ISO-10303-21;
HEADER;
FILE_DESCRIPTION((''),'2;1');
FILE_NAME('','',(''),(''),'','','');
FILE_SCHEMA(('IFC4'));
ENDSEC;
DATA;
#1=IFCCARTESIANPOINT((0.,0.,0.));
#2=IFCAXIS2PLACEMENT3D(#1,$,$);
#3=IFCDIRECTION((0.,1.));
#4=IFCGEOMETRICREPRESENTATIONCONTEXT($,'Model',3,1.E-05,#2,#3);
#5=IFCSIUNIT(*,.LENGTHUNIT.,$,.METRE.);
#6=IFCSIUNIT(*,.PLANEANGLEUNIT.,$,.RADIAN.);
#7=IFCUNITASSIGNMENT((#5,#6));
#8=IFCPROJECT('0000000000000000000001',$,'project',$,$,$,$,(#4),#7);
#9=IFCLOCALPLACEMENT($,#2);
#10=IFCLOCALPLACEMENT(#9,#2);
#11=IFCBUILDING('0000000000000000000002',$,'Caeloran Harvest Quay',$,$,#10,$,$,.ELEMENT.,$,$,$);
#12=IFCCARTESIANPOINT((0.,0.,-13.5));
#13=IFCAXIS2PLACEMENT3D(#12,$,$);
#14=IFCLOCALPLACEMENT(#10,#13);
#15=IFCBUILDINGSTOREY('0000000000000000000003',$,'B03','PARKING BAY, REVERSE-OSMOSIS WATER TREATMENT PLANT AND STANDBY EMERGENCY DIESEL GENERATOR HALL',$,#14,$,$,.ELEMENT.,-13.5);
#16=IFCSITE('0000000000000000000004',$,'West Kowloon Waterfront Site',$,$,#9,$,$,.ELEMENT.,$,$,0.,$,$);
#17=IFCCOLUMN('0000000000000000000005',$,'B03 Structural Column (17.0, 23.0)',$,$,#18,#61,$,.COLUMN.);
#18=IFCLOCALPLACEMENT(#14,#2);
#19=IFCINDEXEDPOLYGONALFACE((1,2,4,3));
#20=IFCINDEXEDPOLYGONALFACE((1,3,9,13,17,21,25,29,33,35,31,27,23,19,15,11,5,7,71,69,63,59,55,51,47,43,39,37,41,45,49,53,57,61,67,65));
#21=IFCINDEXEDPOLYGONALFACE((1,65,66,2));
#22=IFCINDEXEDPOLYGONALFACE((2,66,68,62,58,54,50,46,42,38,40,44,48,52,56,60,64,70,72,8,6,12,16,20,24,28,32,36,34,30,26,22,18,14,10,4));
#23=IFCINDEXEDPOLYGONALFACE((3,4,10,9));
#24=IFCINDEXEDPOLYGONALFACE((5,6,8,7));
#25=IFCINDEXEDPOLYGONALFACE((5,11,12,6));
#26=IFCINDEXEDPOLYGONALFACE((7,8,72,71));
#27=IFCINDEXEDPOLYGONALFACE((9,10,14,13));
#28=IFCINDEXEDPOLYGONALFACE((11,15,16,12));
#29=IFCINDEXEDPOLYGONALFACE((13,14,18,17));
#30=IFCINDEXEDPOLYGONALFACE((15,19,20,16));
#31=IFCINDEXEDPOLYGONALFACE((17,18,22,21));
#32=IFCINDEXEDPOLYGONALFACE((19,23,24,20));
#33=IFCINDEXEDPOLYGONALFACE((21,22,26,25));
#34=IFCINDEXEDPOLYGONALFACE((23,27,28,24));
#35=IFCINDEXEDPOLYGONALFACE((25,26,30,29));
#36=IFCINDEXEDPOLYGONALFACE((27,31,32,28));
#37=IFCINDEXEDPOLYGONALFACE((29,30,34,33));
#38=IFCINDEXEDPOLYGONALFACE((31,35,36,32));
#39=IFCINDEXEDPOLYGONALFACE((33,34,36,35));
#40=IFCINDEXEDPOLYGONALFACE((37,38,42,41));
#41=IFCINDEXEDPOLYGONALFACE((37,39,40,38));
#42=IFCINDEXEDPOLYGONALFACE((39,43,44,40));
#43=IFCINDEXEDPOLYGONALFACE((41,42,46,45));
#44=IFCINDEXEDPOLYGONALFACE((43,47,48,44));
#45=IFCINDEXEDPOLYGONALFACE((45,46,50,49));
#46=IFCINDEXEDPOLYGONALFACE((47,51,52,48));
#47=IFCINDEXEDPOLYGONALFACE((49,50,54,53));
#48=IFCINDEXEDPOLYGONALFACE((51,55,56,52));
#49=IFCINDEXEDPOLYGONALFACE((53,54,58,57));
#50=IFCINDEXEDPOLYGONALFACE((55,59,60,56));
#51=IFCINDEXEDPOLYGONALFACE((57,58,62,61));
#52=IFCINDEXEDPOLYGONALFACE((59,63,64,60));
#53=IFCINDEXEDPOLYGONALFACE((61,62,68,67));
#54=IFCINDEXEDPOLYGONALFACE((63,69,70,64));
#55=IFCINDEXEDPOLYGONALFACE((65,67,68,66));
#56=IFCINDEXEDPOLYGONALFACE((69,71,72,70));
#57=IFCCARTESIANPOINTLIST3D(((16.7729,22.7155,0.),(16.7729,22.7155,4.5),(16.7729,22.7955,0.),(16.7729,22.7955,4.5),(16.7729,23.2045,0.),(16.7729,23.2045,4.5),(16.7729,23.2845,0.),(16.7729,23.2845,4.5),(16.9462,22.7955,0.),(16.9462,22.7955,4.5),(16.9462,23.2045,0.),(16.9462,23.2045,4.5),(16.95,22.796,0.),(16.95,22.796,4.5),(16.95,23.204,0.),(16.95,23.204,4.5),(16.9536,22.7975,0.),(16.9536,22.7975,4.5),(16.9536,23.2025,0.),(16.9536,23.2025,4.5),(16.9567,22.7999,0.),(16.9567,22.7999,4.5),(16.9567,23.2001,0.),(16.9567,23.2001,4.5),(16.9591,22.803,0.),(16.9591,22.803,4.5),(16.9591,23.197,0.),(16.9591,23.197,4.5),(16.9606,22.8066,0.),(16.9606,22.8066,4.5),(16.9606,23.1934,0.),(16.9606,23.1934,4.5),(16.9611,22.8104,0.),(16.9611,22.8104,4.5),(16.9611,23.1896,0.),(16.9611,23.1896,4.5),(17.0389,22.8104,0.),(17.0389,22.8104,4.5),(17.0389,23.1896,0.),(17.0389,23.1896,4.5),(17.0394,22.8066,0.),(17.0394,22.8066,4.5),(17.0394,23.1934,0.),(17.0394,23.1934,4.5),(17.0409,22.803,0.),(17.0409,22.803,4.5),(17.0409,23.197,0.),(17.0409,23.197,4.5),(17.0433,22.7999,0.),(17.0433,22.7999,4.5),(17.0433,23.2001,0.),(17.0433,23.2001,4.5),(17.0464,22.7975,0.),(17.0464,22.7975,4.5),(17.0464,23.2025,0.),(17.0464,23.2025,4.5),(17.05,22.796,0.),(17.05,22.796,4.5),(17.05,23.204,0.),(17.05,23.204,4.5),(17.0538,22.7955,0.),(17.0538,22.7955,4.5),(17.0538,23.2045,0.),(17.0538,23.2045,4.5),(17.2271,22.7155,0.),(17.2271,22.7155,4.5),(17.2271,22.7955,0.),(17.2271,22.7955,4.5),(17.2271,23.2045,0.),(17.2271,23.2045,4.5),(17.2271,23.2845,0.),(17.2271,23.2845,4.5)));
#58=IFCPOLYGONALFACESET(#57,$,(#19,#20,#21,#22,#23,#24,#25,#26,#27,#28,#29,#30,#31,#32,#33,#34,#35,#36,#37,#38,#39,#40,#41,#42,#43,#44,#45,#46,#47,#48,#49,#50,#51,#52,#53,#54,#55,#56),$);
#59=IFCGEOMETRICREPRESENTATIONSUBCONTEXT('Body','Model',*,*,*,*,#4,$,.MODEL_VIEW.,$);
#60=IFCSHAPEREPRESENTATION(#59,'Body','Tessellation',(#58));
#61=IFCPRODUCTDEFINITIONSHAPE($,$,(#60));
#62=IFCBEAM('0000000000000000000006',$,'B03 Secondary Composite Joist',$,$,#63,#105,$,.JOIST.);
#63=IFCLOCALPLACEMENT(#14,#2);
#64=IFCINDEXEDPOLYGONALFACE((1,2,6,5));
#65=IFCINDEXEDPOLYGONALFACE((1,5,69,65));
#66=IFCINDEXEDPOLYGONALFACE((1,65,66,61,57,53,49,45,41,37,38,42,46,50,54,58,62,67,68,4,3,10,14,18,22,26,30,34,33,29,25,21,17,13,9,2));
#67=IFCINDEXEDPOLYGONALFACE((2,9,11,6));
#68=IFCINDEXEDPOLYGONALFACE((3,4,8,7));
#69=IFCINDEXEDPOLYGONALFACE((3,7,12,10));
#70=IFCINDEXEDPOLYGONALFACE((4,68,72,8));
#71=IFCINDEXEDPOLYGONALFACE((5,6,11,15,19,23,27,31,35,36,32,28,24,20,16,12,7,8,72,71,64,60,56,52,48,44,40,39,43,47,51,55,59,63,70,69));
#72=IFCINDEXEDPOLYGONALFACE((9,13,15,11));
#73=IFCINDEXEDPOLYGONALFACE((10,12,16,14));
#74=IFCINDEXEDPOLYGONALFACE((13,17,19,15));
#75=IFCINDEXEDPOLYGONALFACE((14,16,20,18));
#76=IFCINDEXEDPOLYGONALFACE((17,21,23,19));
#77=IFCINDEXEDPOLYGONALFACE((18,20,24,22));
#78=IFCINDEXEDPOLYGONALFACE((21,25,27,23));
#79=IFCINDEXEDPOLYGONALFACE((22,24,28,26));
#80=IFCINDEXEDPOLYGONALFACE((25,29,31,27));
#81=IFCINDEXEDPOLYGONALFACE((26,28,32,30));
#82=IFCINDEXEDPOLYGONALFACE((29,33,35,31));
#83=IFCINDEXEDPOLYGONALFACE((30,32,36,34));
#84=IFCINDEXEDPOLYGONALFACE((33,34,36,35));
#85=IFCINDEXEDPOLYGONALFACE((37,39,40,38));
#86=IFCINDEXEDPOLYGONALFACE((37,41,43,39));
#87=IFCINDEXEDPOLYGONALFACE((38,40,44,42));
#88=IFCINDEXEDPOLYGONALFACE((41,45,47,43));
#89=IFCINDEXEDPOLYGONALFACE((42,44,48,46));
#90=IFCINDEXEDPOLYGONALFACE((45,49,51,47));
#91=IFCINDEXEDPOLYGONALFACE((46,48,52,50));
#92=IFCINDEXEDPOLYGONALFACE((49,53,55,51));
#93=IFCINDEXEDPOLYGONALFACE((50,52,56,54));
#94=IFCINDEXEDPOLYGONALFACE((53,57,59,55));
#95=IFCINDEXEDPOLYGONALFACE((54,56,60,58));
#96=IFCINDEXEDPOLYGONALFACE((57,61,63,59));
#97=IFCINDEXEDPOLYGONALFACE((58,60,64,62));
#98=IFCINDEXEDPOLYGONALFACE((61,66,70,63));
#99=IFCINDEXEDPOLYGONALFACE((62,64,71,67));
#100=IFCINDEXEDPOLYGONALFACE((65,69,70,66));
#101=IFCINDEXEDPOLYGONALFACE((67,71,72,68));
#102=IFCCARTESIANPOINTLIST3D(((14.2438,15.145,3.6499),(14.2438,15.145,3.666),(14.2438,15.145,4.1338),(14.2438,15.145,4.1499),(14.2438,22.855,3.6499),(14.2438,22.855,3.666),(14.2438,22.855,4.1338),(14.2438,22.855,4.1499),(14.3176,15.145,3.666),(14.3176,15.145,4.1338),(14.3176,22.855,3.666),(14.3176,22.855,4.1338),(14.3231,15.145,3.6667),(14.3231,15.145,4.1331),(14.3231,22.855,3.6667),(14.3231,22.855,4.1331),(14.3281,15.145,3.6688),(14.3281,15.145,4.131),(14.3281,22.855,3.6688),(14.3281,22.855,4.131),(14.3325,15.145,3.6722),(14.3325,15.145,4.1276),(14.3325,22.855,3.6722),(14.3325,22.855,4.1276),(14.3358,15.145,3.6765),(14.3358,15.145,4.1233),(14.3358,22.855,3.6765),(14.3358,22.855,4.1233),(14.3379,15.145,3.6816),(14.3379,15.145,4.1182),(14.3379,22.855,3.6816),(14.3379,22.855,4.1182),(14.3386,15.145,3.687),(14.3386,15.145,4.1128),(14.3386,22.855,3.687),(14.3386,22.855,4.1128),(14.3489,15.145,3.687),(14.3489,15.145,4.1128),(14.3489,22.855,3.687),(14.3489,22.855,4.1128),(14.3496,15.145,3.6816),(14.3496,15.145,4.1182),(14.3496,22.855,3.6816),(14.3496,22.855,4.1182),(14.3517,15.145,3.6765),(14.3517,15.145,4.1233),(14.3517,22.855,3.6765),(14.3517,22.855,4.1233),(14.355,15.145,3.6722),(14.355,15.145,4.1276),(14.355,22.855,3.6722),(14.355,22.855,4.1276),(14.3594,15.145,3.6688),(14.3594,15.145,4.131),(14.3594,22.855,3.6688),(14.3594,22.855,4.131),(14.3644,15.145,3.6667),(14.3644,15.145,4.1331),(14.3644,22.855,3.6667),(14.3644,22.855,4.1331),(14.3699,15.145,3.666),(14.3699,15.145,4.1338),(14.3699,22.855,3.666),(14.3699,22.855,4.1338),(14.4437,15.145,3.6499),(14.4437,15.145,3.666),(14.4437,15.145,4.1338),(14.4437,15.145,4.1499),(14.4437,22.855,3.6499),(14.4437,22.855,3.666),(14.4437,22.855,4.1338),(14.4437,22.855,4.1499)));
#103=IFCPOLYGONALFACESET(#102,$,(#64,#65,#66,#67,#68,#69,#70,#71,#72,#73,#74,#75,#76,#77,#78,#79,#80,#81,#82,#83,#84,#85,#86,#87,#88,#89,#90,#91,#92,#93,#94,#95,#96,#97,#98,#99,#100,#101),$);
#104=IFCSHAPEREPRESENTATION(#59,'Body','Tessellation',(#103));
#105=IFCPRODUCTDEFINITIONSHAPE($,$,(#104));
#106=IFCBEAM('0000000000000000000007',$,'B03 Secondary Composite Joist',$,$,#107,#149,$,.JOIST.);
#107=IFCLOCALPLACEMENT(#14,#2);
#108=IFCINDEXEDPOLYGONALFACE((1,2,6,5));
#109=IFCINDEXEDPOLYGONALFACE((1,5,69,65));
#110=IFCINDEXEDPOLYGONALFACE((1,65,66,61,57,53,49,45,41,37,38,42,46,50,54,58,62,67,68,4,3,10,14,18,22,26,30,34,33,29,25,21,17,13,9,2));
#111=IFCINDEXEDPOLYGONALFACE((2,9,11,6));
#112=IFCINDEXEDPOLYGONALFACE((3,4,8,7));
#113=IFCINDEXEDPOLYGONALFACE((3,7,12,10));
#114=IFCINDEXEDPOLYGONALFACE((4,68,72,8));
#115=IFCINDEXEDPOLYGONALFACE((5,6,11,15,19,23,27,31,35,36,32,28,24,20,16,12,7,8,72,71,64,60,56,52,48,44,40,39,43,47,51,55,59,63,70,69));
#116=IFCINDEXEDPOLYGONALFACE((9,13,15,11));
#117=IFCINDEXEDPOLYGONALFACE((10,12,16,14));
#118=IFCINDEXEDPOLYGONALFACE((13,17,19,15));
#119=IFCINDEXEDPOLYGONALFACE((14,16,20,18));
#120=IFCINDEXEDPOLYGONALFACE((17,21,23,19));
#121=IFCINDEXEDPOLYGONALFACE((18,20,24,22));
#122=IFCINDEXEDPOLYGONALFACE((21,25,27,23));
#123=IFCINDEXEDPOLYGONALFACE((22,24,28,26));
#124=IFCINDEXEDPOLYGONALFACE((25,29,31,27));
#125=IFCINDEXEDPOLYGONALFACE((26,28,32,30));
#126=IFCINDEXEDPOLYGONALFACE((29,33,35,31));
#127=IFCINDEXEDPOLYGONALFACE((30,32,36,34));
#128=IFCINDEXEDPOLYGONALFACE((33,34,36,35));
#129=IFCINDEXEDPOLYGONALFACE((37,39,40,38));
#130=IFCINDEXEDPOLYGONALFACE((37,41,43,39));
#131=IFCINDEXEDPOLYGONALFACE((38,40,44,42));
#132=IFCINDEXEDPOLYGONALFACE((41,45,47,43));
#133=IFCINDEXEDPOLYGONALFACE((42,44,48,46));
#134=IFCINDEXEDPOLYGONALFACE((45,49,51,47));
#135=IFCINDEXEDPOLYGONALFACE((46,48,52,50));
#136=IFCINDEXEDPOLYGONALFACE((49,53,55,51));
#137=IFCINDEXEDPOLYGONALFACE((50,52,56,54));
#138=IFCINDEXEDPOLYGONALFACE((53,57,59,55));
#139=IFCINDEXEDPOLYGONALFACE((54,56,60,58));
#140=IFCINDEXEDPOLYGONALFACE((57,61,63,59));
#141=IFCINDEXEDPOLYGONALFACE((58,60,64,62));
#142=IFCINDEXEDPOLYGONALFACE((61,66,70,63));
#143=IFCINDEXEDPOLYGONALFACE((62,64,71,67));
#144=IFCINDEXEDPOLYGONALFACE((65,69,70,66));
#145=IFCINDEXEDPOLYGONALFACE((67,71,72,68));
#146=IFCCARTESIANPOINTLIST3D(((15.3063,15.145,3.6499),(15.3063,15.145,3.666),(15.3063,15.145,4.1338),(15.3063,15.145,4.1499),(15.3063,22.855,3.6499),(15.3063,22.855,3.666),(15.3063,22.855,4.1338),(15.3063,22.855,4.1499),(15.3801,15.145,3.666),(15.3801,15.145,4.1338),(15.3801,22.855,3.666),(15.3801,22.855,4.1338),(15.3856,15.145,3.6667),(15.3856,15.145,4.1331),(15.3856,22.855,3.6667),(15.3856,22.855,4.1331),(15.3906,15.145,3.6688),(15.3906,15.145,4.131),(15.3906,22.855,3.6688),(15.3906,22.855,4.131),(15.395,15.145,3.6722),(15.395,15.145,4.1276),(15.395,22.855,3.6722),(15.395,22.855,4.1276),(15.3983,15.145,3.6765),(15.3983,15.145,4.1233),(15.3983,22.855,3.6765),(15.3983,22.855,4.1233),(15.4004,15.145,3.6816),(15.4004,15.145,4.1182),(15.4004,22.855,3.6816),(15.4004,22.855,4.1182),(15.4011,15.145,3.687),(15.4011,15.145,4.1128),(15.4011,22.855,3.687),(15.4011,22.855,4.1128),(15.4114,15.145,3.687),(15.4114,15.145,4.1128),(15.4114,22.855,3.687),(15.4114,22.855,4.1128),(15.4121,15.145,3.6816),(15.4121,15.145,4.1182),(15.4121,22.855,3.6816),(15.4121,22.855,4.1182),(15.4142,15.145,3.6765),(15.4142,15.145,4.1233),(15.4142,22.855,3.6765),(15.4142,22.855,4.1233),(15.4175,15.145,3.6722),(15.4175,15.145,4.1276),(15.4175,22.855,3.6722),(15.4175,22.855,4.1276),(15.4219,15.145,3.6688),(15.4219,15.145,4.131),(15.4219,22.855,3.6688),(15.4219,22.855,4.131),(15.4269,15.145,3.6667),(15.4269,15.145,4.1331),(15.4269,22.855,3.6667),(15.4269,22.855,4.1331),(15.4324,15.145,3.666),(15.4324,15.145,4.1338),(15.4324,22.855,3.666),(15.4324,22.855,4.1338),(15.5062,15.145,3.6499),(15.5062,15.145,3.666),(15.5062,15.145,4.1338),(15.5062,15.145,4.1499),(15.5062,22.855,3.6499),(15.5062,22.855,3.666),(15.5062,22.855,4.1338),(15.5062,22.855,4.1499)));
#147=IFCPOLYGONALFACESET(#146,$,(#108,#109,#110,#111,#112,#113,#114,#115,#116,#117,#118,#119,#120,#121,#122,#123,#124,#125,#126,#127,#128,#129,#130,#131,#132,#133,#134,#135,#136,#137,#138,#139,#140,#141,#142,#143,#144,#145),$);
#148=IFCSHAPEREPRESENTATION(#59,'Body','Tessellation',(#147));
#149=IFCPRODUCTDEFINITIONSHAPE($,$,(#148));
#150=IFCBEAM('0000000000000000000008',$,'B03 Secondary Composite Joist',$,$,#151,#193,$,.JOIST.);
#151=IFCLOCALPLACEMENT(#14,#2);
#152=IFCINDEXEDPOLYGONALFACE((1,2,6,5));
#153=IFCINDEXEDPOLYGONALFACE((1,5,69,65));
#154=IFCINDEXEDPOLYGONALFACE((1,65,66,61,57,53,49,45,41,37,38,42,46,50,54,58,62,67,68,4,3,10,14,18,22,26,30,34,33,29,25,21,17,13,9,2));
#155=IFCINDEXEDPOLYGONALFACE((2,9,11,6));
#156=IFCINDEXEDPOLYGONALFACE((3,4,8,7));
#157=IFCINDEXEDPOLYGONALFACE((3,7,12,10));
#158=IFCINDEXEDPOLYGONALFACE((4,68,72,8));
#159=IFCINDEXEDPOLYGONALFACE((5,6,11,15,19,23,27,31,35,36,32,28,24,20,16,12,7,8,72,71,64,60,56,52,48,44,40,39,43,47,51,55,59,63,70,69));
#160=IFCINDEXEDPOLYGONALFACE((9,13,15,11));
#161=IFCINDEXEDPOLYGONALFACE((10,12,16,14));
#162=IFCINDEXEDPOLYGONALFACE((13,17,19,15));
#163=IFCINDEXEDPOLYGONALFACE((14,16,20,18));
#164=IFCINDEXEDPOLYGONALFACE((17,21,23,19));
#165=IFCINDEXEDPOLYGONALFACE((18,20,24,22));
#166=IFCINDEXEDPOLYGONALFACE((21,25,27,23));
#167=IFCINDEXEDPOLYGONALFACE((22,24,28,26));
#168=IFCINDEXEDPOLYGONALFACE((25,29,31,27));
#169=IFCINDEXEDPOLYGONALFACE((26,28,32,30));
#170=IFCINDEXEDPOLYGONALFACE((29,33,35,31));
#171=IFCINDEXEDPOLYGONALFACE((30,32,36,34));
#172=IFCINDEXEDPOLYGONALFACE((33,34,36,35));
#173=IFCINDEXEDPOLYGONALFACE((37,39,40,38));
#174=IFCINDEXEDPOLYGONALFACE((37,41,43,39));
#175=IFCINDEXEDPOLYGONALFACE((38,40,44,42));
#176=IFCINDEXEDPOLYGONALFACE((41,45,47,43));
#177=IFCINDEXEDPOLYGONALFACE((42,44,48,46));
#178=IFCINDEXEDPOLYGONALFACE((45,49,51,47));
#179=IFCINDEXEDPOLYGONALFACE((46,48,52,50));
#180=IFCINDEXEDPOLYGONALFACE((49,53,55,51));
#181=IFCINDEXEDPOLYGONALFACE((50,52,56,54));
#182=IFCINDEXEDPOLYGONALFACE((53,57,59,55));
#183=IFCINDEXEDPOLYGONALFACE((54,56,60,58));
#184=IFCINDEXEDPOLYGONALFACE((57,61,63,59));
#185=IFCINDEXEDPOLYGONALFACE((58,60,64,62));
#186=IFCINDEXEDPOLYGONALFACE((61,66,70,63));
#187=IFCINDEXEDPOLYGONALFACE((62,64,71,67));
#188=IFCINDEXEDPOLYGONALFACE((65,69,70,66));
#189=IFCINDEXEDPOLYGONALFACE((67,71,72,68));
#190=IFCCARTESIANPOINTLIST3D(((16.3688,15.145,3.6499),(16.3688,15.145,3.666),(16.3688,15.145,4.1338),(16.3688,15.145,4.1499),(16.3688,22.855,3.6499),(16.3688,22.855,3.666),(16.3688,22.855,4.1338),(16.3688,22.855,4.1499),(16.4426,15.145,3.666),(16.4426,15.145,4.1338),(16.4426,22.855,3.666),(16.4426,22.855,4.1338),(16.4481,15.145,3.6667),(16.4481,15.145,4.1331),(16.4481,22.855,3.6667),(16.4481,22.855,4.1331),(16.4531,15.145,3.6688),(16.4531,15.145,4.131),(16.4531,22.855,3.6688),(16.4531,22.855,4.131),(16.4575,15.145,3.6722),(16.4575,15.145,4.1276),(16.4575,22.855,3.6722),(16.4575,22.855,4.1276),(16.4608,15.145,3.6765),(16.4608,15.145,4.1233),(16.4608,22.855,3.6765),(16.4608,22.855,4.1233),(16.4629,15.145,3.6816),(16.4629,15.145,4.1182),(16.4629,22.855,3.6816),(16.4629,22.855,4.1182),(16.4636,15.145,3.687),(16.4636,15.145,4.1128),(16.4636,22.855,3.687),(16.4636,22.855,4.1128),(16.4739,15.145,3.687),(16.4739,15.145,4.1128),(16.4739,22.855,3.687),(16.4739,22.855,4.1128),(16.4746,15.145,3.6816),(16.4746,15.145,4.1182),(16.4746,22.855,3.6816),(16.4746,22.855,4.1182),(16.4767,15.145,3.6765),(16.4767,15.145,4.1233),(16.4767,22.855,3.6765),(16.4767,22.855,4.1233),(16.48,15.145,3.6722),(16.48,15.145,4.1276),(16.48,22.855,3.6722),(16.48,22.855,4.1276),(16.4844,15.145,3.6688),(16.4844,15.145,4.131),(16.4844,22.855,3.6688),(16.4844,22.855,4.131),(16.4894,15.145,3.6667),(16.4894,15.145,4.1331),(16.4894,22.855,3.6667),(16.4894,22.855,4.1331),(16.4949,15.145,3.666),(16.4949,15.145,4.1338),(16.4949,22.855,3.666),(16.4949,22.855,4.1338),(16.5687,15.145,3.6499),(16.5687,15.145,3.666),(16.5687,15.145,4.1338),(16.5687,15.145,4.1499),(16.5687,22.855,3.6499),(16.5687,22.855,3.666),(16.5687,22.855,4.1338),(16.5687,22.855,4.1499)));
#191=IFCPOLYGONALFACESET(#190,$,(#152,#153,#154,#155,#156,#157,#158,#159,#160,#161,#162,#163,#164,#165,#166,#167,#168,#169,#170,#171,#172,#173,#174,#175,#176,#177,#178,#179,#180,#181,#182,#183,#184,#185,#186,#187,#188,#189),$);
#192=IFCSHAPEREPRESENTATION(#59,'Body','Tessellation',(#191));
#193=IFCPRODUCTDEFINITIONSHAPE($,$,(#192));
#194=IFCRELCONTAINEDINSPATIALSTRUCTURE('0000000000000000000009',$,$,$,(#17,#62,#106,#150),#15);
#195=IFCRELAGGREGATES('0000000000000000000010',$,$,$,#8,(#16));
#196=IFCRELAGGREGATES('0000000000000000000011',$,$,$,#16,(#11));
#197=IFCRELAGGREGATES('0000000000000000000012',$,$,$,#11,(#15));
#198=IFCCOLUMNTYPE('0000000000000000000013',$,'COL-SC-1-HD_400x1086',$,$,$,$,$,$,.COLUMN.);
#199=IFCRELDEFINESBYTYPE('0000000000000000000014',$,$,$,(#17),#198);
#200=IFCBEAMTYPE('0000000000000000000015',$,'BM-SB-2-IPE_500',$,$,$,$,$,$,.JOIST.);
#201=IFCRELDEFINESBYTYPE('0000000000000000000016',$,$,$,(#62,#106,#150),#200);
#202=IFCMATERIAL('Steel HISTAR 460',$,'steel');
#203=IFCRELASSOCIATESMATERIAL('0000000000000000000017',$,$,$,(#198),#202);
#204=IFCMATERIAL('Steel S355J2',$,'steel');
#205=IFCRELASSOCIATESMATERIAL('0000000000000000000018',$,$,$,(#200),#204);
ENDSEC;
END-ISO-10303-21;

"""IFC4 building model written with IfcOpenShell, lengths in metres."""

from ifc_helpers import new_model, si_unit, direction, frame, origin, origin_2d, place, context, subcontext, project, spatial, i_section, extrude, material, material_profile, profile_set, type_object, element, save


model = new_model("IFC4")

# Units and contexts
model_context = context("Model", 3, precision=1e-05, world=origin(), true_north=direction((0.0, 1.0)))
body_context = subcontext(model_context, "Body", "Model", "MODEL_VIEW")
ifc_project = project(units=[si_unit("LENGTHUNIT", "METRE"), si_unit("PLANEANGLEUNIT", "RADIAN")], contexts=[model_context])

# Site, building, storey
site_placement = place(None, origin())
site = spatial("IfcSite", under=ifc_project, at=site_placement, Name="West Kowloon Waterfront Site", CompositionType="ELEMENT", RefElevation=0.0)
building_placement = place(site_placement, origin())
building = spatial("IfcBuilding", under=site, at=building_placement, Name="Caeloran Harvest Quay", CompositionType="ELEMENT")
storey_placement = place(building_placement, frame((0.0, 0.0, -13.5)))
storey = spatial("IfcBuildingStorey", under=building, at=storey_placement, Name="B03", Description="PARKING BAY, REVERSE-OSMOSIS WATER TREATMENT PLANT AND STANDBY EMERGENCY DIESEL GENERATOR HALL", CompositionType="ELEMENT", Elevation=-13.5)

# Column
ifc_material_1 = material(Name="Steel HISTAR 460", Category="steel")
ifc_material_profile_1 = material_profile(ifc_material_1, i_section(OverallWidth=0.4541, OverallDepth=0.5691, WebThickness=0.0779, FlangeThickness=0.0801, FilletRadius=0.0149, at=origin_2d()), Name="HD 400x1086")
ifc_profile_set_1 = profile_set([ifc_material_profile_1], Name="Steel HISTAR 460")
column_type = type_object("IfcColumnType", Name="COL-SC-1-HD_400x1086", PredefinedType="COLUMN", material=ifc_profile_set_1)
column_placement = place(storey_placement, frame((17.0, 23.0, 0.0), z_axis=(0.0, 0.0, 1.0), x_axis=(1.0, 0.0, 0.0)))
element("IfcColumn", 1, at=column_placement, inside=storey, type_object=column_type, Name="B03 Structural Column (17.0, 23.0)", PredefinedType="COLUMN", context=body_context, shape_type="SweptSolid", body=[
    extrude(i_section(OverallWidth=0.4541, OverallDepth=0.5691, WebThickness=0.0779, FlangeThickness=0.0801, FilletRadius=0.0149, at=origin_2d()), origin(), (0.0, 0.0, 1.0), 4.5),
])

# Beams
ifc_material_2 = material(Name="Steel S355J2", Category="steel")
ifc_material_profile_2 = material_profile(ifc_material_2, i_section(OverallWidth=0.2, OverallDepth=0.5, WebThickness=0.0103, FlangeThickness=0.0161, FilletRadius=0.021, at=origin_2d()), Name="IPE 500")
ifc_profile_set_2 = profile_set([ifc_material_profile_2], Name="Steel S355J2")
beam_type_1 = type_object("IfcBeamType", Name="BM-SB-2-IPE_500", PredefinedType="JOIST", material=ifc_profile_set_2)
for number, where, z_axis, x_axis, name in (
    (2, (14.3438, 15.145, 3.8999), (0.0, 1.0, 0.0), (-1.0, 0.0, 0.0), "B03 Secondary Composite Joist"),
    (3, (15.4062, 15.145, 3.8999), (0.0, 1.0, 0.0), (-1.0, 0.0, 0.0), "B03 Secondary Composite Joist"),
    (4, (16.4688, 15.145, 3.8999), (0.0, 1.0, 0.0), (-1.0, 0.0, 0.0), "B03 Secondary Composite Joist"),
):
    element("IfcBeam", number, at=place(storey_placement, frame(where, z_axis=z_axis, x_axis=x_axis)), inside=storey, type_object=beam_type_1, Name=name, PredefinedType="JOIST", context=body_context, shape_type="SweptSolid", body=[
        extrude(i_section(OverallWidth=0.2, OverallDepth=0.5, WebThickness=0.0103, FlangeThickness=0.0161, FilletRadius=0.021, at=origin_2d()), origin(), (0.0, 0.0, 1.0), 7.71),
    ])

save(model, "model.ifc")
